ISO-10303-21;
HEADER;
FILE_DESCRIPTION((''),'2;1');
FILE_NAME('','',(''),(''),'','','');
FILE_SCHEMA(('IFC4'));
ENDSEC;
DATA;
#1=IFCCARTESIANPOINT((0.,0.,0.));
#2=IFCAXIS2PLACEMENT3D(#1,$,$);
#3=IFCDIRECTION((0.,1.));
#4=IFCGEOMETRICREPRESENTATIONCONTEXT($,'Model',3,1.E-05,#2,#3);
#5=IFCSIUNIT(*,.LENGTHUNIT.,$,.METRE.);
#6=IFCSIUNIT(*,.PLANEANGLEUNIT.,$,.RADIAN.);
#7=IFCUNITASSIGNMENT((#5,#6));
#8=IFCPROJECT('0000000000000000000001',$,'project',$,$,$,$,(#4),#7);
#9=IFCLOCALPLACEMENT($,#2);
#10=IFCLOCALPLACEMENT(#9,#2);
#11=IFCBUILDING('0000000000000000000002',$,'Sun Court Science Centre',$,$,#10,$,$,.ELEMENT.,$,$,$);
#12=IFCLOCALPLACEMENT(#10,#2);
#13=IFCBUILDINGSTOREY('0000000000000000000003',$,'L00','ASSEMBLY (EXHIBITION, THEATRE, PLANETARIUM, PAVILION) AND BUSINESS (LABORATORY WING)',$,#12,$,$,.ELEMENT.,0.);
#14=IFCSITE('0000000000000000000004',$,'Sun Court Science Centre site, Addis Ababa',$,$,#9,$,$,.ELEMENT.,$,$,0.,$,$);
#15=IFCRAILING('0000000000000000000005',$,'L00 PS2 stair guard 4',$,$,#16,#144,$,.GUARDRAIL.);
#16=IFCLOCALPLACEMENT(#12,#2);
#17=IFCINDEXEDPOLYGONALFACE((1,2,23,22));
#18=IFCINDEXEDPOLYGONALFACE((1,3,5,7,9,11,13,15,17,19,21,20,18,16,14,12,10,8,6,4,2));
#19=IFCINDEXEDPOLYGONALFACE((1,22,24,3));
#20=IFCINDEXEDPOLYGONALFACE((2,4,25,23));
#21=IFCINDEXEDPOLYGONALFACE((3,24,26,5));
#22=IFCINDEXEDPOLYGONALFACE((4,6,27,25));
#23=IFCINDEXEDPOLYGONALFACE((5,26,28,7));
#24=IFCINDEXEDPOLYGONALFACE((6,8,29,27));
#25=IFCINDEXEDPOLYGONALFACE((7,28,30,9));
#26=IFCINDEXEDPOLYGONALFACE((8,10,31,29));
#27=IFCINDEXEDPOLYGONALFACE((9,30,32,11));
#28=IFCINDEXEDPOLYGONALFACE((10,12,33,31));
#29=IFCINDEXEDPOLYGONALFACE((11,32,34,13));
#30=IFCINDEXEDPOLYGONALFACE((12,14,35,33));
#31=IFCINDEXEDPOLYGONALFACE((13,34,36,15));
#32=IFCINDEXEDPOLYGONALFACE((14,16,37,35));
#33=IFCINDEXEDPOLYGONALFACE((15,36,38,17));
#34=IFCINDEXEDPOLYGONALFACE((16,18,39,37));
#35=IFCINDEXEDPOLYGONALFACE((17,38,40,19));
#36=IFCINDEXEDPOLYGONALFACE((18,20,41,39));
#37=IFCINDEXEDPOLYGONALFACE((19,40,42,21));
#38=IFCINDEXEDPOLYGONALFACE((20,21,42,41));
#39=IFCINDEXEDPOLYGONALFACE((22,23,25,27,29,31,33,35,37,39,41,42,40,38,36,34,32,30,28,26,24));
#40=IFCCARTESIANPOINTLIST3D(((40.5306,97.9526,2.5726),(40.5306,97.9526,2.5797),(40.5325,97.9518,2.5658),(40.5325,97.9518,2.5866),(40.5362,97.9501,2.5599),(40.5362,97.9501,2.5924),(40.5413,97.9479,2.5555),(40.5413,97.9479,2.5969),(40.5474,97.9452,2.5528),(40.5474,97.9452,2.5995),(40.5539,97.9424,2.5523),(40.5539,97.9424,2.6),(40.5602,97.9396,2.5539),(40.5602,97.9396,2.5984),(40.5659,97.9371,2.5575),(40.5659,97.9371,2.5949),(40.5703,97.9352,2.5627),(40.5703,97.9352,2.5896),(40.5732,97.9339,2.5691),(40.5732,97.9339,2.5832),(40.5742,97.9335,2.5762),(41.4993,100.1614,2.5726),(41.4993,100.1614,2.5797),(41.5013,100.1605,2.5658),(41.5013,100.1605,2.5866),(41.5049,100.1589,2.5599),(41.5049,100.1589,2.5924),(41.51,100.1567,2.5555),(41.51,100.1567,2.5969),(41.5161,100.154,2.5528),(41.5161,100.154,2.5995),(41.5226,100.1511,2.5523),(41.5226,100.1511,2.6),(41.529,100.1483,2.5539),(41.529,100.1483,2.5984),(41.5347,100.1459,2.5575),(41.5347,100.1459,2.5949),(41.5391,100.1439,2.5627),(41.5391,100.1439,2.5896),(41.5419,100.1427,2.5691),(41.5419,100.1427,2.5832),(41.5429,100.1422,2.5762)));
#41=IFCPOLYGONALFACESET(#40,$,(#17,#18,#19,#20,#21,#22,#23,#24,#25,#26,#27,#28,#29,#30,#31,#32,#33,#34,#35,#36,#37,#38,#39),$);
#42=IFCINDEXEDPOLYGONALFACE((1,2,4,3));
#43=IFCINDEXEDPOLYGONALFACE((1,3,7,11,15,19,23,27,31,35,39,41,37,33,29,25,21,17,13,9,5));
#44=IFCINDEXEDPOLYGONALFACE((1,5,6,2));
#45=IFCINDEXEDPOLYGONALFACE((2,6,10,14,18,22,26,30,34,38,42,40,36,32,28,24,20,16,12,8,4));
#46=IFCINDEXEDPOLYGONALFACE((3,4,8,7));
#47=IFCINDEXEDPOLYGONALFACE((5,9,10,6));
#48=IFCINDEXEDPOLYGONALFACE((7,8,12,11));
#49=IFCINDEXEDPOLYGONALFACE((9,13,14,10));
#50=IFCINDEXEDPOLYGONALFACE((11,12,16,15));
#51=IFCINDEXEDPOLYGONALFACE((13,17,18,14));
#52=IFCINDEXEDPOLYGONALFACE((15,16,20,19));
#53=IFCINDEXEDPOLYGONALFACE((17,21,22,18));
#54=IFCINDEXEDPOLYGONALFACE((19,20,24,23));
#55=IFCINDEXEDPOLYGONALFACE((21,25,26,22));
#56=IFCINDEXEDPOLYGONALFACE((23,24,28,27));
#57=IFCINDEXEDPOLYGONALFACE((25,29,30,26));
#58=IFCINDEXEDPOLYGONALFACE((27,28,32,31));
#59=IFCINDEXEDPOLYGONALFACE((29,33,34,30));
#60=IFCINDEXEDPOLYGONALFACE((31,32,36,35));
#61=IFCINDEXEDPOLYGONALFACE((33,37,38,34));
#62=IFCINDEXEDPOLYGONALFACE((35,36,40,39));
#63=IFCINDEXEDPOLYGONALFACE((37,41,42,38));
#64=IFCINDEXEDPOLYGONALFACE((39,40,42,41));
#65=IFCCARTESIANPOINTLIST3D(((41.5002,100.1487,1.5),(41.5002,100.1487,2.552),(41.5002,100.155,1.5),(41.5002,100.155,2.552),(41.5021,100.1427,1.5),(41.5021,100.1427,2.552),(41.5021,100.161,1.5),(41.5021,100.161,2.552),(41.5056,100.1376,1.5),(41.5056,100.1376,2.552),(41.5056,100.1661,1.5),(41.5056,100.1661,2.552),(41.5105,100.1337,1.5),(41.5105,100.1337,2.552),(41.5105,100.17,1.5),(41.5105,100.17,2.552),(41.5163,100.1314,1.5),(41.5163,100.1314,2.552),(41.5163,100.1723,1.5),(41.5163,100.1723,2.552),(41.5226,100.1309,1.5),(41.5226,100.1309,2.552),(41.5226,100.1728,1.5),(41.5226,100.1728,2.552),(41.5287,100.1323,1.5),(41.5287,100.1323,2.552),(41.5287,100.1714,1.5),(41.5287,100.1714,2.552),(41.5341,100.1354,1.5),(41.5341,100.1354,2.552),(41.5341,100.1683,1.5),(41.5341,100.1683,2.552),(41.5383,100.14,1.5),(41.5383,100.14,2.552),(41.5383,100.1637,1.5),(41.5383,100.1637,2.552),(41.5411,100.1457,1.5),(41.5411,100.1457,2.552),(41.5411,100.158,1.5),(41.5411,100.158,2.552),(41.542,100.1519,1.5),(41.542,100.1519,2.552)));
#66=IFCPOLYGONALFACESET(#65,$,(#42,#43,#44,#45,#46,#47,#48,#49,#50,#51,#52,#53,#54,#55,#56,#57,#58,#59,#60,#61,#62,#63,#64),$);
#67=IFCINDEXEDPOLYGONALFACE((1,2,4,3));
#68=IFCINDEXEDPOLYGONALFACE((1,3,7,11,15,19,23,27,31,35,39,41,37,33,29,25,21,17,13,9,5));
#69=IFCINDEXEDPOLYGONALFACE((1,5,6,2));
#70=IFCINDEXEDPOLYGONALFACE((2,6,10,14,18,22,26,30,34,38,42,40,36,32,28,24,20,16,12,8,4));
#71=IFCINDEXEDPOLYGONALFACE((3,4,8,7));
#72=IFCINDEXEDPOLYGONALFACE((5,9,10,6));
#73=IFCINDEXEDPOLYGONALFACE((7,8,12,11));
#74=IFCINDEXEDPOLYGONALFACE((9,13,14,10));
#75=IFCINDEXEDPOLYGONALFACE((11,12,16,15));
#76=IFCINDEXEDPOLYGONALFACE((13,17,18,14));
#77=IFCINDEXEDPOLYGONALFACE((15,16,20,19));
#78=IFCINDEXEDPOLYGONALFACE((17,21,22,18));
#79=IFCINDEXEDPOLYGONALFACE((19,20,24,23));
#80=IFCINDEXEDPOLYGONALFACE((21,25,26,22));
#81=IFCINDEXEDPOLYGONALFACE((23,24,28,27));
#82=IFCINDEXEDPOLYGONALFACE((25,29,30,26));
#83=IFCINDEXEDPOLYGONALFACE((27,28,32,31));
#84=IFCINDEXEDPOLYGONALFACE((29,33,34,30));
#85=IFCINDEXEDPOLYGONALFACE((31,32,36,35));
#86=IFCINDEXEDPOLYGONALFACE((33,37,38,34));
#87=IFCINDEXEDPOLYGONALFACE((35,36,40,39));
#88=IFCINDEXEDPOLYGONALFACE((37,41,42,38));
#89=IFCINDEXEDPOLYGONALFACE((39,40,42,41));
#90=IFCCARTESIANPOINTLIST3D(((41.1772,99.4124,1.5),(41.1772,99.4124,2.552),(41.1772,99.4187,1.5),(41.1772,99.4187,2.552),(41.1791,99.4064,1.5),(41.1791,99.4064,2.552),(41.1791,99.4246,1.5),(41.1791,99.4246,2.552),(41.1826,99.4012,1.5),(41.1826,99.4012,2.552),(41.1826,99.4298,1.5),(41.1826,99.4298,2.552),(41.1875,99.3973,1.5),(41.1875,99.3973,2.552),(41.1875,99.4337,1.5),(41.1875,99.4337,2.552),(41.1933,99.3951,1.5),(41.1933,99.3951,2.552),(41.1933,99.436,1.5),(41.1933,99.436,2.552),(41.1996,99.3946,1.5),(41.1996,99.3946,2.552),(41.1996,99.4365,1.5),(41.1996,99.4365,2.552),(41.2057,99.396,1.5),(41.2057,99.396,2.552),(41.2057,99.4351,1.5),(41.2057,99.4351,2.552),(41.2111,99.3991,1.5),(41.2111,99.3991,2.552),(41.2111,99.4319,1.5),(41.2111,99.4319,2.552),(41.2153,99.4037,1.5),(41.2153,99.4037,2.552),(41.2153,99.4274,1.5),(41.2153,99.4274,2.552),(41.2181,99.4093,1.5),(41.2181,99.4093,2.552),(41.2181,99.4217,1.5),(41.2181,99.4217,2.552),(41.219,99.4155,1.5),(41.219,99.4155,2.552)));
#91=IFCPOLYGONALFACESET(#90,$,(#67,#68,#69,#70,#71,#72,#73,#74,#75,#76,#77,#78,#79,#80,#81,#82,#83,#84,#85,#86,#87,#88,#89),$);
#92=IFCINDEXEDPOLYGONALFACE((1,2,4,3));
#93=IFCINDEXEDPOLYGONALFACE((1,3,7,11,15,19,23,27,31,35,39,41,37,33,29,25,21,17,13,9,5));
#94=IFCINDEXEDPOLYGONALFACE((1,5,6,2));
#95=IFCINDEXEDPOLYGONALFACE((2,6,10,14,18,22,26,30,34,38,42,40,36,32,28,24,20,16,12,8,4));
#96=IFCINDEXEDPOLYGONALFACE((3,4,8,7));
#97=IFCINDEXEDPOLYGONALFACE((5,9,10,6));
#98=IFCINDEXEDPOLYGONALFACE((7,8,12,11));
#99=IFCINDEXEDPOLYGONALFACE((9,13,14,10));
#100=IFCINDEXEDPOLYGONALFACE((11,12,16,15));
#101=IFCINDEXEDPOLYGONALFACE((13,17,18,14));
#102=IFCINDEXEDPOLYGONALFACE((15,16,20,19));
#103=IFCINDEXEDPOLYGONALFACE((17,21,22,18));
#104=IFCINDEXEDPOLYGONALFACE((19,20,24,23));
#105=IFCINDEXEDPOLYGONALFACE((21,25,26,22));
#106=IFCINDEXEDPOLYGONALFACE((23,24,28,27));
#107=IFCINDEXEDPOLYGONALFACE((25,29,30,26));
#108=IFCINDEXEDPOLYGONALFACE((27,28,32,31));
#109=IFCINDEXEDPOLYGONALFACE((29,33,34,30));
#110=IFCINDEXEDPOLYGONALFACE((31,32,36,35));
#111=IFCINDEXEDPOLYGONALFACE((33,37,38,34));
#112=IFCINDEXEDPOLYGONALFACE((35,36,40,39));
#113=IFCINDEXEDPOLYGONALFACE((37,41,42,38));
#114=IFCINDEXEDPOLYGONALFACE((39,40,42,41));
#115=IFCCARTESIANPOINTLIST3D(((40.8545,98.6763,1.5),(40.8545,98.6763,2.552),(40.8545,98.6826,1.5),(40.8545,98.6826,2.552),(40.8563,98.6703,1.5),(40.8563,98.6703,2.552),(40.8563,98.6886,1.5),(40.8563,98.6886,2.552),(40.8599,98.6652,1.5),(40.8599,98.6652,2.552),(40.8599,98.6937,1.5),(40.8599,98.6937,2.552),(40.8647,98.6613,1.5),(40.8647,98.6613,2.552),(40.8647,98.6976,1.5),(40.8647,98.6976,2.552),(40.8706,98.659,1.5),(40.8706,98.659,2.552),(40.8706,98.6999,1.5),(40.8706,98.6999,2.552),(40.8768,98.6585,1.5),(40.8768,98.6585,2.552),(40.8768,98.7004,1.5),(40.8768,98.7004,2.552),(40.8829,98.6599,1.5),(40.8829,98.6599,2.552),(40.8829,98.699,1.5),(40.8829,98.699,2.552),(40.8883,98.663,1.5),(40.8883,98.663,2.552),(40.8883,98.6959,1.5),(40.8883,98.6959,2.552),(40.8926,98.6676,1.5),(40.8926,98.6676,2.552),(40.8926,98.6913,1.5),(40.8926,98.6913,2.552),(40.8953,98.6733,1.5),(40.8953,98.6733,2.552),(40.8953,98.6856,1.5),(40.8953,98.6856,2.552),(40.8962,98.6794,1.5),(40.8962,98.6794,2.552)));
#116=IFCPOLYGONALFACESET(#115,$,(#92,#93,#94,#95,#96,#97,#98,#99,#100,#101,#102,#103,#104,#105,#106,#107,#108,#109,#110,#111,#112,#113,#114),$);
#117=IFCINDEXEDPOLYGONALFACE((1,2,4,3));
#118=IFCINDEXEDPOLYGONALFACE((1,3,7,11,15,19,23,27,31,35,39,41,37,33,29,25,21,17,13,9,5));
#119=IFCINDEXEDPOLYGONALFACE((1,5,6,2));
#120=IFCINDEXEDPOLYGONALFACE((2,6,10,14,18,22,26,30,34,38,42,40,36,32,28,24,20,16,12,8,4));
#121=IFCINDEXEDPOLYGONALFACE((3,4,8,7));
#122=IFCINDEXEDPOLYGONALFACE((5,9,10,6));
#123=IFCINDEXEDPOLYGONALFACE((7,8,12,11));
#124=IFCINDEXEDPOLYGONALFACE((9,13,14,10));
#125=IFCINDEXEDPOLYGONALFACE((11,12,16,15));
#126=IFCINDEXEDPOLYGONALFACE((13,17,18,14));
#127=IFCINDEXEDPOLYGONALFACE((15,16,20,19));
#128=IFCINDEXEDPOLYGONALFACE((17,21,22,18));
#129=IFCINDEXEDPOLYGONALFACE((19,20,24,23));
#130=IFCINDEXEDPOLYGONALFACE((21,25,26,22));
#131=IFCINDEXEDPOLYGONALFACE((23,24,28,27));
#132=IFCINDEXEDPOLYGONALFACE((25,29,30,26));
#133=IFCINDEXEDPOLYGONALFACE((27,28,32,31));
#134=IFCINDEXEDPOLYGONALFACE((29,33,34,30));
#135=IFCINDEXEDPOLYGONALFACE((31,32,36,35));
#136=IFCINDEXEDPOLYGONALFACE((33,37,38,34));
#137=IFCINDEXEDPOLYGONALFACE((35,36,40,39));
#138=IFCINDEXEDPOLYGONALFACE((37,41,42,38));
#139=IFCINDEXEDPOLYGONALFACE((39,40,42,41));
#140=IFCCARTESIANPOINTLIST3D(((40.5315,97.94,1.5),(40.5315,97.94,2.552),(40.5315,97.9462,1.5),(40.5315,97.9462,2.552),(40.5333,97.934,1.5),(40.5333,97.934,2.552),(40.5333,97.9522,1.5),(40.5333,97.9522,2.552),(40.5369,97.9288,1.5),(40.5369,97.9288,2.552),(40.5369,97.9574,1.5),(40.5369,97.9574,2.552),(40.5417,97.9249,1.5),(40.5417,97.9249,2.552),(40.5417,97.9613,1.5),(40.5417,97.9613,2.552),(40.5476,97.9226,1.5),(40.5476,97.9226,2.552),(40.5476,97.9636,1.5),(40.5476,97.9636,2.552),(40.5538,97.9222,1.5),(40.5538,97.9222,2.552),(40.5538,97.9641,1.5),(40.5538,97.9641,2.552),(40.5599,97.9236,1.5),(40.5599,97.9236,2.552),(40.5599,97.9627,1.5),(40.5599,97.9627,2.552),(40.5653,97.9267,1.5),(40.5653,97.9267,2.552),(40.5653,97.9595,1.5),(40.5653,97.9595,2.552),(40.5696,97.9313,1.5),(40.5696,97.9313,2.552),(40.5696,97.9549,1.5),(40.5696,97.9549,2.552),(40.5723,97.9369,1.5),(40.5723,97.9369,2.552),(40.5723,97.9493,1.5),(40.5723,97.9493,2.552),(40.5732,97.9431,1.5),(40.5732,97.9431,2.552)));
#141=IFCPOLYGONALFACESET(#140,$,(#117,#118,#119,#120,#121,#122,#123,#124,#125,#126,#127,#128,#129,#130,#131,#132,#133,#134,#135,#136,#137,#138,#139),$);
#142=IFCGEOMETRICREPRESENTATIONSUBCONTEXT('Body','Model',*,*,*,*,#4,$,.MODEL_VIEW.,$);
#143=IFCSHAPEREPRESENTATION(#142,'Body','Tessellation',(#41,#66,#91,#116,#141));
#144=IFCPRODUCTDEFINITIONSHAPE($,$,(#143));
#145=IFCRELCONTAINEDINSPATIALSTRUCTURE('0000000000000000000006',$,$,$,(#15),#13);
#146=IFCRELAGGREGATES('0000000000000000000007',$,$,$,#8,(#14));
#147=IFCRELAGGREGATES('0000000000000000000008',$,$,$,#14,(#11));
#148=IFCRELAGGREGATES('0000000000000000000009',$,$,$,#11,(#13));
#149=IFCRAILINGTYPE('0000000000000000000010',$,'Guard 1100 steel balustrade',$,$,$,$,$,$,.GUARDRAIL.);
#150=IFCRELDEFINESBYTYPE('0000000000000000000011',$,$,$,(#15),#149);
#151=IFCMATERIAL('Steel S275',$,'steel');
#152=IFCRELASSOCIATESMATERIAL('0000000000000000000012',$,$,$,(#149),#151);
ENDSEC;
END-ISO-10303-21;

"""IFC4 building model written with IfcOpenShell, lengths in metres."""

from ifc_helpers import new_model, si_unit, direction, frame, origin, origin_2d, place, context, subcontext, project, spatial, circle, extrude, material, type_object, element, save


model = new_model("IFC4")

# Units and contexts
model_context = context("Model", 3, precision=1e-05, world=origin(), true_north=direction((0.0, 1.0)))
body_context = subcontext(model_context, "Body", "Model", "MODEL_VIEW")
ifc_project = project(units=[si_unit("LENGTHUNIT", "METRE"), si_unit("PLANEANGLEUNIT", "RADIAN")], contexts=[model_context])

# Site, building, storey
site_placement = place(None, origin())
site = spatial("IfcSite", under=ifc_project, at=site_placement, Name="Sun Court Science Centre site, Addis Ababa", CompositionType="ELEMENT", RefElevation=0.0)
building_placement = place(site_placement, origin())
building = spatial("IfcBuilding", under=site, at=building_placement, Name="Sun Court Science Centre", CompositionType="ELEMENT")
storey_placement = place(building_placement, origin())
storey = spatial("IfcBuildingStorey", under=building, at=storey_placement, Name="L00", Description="ASSEMBLY (EXHIBITION, THEATRE, PLANETARIUM, PAVILION) AND BUSINESS (LABORATORY WING)", CompositionType="ELEMENT", Elevation=0.0)

# Railing
ifc_material_1 = material(Name="Steel S275", Category="steel")
railing_type = type_object("IfcRailingType", Name="Guard 1100 steel balustrade", PredefinedType="GUARDRAIL", material=ifc_material_1)
railing_placement = place(storey_placement, frame((41.521, 100.1519, 1.5)))
element("IfcRailing", 1, at=railing_placement, inside=storey, type_object=railing_type, Name="L00 PS2 stair guard 4", PredefinedType="GUARDRAIL", context=body_context, shape_type="SweptSolid", body=[
    extrude(circle(Radius=0.0239, at=origin_2d()), frame((0.0, 0.0, 1.0762), z_axis=(-0.401663, -0.915788, 0.0), x_axis=(0.915788, -0.401663, 0.0)), (0.0, 0.0, 1.0), 2.4119),
    extrude(circle(Radius=0.021, at=origin_2d()), origin(), (0.0, 0.0, 1.0), 1.052),
    extrude(circle(Radius=0.021, at=origin_2d()), frame((-0.323, -0.7363, 0.0)), (0.0, 0.0, 1.0), 1.052),
    extrude(circle(Radius=0.021, at=origin_2d()), frame((-0.6458, -1.4724, 0.0)), (0.0, 0.0, 1.0), 1.052),
    extrude(circle(Radius=0.021, at=origin_2d()), frame((-0.9688, -2.2087, 0.0)), (0.0, 0.0, 1.0), 1.052),
])

save(model, "model.ifc")
